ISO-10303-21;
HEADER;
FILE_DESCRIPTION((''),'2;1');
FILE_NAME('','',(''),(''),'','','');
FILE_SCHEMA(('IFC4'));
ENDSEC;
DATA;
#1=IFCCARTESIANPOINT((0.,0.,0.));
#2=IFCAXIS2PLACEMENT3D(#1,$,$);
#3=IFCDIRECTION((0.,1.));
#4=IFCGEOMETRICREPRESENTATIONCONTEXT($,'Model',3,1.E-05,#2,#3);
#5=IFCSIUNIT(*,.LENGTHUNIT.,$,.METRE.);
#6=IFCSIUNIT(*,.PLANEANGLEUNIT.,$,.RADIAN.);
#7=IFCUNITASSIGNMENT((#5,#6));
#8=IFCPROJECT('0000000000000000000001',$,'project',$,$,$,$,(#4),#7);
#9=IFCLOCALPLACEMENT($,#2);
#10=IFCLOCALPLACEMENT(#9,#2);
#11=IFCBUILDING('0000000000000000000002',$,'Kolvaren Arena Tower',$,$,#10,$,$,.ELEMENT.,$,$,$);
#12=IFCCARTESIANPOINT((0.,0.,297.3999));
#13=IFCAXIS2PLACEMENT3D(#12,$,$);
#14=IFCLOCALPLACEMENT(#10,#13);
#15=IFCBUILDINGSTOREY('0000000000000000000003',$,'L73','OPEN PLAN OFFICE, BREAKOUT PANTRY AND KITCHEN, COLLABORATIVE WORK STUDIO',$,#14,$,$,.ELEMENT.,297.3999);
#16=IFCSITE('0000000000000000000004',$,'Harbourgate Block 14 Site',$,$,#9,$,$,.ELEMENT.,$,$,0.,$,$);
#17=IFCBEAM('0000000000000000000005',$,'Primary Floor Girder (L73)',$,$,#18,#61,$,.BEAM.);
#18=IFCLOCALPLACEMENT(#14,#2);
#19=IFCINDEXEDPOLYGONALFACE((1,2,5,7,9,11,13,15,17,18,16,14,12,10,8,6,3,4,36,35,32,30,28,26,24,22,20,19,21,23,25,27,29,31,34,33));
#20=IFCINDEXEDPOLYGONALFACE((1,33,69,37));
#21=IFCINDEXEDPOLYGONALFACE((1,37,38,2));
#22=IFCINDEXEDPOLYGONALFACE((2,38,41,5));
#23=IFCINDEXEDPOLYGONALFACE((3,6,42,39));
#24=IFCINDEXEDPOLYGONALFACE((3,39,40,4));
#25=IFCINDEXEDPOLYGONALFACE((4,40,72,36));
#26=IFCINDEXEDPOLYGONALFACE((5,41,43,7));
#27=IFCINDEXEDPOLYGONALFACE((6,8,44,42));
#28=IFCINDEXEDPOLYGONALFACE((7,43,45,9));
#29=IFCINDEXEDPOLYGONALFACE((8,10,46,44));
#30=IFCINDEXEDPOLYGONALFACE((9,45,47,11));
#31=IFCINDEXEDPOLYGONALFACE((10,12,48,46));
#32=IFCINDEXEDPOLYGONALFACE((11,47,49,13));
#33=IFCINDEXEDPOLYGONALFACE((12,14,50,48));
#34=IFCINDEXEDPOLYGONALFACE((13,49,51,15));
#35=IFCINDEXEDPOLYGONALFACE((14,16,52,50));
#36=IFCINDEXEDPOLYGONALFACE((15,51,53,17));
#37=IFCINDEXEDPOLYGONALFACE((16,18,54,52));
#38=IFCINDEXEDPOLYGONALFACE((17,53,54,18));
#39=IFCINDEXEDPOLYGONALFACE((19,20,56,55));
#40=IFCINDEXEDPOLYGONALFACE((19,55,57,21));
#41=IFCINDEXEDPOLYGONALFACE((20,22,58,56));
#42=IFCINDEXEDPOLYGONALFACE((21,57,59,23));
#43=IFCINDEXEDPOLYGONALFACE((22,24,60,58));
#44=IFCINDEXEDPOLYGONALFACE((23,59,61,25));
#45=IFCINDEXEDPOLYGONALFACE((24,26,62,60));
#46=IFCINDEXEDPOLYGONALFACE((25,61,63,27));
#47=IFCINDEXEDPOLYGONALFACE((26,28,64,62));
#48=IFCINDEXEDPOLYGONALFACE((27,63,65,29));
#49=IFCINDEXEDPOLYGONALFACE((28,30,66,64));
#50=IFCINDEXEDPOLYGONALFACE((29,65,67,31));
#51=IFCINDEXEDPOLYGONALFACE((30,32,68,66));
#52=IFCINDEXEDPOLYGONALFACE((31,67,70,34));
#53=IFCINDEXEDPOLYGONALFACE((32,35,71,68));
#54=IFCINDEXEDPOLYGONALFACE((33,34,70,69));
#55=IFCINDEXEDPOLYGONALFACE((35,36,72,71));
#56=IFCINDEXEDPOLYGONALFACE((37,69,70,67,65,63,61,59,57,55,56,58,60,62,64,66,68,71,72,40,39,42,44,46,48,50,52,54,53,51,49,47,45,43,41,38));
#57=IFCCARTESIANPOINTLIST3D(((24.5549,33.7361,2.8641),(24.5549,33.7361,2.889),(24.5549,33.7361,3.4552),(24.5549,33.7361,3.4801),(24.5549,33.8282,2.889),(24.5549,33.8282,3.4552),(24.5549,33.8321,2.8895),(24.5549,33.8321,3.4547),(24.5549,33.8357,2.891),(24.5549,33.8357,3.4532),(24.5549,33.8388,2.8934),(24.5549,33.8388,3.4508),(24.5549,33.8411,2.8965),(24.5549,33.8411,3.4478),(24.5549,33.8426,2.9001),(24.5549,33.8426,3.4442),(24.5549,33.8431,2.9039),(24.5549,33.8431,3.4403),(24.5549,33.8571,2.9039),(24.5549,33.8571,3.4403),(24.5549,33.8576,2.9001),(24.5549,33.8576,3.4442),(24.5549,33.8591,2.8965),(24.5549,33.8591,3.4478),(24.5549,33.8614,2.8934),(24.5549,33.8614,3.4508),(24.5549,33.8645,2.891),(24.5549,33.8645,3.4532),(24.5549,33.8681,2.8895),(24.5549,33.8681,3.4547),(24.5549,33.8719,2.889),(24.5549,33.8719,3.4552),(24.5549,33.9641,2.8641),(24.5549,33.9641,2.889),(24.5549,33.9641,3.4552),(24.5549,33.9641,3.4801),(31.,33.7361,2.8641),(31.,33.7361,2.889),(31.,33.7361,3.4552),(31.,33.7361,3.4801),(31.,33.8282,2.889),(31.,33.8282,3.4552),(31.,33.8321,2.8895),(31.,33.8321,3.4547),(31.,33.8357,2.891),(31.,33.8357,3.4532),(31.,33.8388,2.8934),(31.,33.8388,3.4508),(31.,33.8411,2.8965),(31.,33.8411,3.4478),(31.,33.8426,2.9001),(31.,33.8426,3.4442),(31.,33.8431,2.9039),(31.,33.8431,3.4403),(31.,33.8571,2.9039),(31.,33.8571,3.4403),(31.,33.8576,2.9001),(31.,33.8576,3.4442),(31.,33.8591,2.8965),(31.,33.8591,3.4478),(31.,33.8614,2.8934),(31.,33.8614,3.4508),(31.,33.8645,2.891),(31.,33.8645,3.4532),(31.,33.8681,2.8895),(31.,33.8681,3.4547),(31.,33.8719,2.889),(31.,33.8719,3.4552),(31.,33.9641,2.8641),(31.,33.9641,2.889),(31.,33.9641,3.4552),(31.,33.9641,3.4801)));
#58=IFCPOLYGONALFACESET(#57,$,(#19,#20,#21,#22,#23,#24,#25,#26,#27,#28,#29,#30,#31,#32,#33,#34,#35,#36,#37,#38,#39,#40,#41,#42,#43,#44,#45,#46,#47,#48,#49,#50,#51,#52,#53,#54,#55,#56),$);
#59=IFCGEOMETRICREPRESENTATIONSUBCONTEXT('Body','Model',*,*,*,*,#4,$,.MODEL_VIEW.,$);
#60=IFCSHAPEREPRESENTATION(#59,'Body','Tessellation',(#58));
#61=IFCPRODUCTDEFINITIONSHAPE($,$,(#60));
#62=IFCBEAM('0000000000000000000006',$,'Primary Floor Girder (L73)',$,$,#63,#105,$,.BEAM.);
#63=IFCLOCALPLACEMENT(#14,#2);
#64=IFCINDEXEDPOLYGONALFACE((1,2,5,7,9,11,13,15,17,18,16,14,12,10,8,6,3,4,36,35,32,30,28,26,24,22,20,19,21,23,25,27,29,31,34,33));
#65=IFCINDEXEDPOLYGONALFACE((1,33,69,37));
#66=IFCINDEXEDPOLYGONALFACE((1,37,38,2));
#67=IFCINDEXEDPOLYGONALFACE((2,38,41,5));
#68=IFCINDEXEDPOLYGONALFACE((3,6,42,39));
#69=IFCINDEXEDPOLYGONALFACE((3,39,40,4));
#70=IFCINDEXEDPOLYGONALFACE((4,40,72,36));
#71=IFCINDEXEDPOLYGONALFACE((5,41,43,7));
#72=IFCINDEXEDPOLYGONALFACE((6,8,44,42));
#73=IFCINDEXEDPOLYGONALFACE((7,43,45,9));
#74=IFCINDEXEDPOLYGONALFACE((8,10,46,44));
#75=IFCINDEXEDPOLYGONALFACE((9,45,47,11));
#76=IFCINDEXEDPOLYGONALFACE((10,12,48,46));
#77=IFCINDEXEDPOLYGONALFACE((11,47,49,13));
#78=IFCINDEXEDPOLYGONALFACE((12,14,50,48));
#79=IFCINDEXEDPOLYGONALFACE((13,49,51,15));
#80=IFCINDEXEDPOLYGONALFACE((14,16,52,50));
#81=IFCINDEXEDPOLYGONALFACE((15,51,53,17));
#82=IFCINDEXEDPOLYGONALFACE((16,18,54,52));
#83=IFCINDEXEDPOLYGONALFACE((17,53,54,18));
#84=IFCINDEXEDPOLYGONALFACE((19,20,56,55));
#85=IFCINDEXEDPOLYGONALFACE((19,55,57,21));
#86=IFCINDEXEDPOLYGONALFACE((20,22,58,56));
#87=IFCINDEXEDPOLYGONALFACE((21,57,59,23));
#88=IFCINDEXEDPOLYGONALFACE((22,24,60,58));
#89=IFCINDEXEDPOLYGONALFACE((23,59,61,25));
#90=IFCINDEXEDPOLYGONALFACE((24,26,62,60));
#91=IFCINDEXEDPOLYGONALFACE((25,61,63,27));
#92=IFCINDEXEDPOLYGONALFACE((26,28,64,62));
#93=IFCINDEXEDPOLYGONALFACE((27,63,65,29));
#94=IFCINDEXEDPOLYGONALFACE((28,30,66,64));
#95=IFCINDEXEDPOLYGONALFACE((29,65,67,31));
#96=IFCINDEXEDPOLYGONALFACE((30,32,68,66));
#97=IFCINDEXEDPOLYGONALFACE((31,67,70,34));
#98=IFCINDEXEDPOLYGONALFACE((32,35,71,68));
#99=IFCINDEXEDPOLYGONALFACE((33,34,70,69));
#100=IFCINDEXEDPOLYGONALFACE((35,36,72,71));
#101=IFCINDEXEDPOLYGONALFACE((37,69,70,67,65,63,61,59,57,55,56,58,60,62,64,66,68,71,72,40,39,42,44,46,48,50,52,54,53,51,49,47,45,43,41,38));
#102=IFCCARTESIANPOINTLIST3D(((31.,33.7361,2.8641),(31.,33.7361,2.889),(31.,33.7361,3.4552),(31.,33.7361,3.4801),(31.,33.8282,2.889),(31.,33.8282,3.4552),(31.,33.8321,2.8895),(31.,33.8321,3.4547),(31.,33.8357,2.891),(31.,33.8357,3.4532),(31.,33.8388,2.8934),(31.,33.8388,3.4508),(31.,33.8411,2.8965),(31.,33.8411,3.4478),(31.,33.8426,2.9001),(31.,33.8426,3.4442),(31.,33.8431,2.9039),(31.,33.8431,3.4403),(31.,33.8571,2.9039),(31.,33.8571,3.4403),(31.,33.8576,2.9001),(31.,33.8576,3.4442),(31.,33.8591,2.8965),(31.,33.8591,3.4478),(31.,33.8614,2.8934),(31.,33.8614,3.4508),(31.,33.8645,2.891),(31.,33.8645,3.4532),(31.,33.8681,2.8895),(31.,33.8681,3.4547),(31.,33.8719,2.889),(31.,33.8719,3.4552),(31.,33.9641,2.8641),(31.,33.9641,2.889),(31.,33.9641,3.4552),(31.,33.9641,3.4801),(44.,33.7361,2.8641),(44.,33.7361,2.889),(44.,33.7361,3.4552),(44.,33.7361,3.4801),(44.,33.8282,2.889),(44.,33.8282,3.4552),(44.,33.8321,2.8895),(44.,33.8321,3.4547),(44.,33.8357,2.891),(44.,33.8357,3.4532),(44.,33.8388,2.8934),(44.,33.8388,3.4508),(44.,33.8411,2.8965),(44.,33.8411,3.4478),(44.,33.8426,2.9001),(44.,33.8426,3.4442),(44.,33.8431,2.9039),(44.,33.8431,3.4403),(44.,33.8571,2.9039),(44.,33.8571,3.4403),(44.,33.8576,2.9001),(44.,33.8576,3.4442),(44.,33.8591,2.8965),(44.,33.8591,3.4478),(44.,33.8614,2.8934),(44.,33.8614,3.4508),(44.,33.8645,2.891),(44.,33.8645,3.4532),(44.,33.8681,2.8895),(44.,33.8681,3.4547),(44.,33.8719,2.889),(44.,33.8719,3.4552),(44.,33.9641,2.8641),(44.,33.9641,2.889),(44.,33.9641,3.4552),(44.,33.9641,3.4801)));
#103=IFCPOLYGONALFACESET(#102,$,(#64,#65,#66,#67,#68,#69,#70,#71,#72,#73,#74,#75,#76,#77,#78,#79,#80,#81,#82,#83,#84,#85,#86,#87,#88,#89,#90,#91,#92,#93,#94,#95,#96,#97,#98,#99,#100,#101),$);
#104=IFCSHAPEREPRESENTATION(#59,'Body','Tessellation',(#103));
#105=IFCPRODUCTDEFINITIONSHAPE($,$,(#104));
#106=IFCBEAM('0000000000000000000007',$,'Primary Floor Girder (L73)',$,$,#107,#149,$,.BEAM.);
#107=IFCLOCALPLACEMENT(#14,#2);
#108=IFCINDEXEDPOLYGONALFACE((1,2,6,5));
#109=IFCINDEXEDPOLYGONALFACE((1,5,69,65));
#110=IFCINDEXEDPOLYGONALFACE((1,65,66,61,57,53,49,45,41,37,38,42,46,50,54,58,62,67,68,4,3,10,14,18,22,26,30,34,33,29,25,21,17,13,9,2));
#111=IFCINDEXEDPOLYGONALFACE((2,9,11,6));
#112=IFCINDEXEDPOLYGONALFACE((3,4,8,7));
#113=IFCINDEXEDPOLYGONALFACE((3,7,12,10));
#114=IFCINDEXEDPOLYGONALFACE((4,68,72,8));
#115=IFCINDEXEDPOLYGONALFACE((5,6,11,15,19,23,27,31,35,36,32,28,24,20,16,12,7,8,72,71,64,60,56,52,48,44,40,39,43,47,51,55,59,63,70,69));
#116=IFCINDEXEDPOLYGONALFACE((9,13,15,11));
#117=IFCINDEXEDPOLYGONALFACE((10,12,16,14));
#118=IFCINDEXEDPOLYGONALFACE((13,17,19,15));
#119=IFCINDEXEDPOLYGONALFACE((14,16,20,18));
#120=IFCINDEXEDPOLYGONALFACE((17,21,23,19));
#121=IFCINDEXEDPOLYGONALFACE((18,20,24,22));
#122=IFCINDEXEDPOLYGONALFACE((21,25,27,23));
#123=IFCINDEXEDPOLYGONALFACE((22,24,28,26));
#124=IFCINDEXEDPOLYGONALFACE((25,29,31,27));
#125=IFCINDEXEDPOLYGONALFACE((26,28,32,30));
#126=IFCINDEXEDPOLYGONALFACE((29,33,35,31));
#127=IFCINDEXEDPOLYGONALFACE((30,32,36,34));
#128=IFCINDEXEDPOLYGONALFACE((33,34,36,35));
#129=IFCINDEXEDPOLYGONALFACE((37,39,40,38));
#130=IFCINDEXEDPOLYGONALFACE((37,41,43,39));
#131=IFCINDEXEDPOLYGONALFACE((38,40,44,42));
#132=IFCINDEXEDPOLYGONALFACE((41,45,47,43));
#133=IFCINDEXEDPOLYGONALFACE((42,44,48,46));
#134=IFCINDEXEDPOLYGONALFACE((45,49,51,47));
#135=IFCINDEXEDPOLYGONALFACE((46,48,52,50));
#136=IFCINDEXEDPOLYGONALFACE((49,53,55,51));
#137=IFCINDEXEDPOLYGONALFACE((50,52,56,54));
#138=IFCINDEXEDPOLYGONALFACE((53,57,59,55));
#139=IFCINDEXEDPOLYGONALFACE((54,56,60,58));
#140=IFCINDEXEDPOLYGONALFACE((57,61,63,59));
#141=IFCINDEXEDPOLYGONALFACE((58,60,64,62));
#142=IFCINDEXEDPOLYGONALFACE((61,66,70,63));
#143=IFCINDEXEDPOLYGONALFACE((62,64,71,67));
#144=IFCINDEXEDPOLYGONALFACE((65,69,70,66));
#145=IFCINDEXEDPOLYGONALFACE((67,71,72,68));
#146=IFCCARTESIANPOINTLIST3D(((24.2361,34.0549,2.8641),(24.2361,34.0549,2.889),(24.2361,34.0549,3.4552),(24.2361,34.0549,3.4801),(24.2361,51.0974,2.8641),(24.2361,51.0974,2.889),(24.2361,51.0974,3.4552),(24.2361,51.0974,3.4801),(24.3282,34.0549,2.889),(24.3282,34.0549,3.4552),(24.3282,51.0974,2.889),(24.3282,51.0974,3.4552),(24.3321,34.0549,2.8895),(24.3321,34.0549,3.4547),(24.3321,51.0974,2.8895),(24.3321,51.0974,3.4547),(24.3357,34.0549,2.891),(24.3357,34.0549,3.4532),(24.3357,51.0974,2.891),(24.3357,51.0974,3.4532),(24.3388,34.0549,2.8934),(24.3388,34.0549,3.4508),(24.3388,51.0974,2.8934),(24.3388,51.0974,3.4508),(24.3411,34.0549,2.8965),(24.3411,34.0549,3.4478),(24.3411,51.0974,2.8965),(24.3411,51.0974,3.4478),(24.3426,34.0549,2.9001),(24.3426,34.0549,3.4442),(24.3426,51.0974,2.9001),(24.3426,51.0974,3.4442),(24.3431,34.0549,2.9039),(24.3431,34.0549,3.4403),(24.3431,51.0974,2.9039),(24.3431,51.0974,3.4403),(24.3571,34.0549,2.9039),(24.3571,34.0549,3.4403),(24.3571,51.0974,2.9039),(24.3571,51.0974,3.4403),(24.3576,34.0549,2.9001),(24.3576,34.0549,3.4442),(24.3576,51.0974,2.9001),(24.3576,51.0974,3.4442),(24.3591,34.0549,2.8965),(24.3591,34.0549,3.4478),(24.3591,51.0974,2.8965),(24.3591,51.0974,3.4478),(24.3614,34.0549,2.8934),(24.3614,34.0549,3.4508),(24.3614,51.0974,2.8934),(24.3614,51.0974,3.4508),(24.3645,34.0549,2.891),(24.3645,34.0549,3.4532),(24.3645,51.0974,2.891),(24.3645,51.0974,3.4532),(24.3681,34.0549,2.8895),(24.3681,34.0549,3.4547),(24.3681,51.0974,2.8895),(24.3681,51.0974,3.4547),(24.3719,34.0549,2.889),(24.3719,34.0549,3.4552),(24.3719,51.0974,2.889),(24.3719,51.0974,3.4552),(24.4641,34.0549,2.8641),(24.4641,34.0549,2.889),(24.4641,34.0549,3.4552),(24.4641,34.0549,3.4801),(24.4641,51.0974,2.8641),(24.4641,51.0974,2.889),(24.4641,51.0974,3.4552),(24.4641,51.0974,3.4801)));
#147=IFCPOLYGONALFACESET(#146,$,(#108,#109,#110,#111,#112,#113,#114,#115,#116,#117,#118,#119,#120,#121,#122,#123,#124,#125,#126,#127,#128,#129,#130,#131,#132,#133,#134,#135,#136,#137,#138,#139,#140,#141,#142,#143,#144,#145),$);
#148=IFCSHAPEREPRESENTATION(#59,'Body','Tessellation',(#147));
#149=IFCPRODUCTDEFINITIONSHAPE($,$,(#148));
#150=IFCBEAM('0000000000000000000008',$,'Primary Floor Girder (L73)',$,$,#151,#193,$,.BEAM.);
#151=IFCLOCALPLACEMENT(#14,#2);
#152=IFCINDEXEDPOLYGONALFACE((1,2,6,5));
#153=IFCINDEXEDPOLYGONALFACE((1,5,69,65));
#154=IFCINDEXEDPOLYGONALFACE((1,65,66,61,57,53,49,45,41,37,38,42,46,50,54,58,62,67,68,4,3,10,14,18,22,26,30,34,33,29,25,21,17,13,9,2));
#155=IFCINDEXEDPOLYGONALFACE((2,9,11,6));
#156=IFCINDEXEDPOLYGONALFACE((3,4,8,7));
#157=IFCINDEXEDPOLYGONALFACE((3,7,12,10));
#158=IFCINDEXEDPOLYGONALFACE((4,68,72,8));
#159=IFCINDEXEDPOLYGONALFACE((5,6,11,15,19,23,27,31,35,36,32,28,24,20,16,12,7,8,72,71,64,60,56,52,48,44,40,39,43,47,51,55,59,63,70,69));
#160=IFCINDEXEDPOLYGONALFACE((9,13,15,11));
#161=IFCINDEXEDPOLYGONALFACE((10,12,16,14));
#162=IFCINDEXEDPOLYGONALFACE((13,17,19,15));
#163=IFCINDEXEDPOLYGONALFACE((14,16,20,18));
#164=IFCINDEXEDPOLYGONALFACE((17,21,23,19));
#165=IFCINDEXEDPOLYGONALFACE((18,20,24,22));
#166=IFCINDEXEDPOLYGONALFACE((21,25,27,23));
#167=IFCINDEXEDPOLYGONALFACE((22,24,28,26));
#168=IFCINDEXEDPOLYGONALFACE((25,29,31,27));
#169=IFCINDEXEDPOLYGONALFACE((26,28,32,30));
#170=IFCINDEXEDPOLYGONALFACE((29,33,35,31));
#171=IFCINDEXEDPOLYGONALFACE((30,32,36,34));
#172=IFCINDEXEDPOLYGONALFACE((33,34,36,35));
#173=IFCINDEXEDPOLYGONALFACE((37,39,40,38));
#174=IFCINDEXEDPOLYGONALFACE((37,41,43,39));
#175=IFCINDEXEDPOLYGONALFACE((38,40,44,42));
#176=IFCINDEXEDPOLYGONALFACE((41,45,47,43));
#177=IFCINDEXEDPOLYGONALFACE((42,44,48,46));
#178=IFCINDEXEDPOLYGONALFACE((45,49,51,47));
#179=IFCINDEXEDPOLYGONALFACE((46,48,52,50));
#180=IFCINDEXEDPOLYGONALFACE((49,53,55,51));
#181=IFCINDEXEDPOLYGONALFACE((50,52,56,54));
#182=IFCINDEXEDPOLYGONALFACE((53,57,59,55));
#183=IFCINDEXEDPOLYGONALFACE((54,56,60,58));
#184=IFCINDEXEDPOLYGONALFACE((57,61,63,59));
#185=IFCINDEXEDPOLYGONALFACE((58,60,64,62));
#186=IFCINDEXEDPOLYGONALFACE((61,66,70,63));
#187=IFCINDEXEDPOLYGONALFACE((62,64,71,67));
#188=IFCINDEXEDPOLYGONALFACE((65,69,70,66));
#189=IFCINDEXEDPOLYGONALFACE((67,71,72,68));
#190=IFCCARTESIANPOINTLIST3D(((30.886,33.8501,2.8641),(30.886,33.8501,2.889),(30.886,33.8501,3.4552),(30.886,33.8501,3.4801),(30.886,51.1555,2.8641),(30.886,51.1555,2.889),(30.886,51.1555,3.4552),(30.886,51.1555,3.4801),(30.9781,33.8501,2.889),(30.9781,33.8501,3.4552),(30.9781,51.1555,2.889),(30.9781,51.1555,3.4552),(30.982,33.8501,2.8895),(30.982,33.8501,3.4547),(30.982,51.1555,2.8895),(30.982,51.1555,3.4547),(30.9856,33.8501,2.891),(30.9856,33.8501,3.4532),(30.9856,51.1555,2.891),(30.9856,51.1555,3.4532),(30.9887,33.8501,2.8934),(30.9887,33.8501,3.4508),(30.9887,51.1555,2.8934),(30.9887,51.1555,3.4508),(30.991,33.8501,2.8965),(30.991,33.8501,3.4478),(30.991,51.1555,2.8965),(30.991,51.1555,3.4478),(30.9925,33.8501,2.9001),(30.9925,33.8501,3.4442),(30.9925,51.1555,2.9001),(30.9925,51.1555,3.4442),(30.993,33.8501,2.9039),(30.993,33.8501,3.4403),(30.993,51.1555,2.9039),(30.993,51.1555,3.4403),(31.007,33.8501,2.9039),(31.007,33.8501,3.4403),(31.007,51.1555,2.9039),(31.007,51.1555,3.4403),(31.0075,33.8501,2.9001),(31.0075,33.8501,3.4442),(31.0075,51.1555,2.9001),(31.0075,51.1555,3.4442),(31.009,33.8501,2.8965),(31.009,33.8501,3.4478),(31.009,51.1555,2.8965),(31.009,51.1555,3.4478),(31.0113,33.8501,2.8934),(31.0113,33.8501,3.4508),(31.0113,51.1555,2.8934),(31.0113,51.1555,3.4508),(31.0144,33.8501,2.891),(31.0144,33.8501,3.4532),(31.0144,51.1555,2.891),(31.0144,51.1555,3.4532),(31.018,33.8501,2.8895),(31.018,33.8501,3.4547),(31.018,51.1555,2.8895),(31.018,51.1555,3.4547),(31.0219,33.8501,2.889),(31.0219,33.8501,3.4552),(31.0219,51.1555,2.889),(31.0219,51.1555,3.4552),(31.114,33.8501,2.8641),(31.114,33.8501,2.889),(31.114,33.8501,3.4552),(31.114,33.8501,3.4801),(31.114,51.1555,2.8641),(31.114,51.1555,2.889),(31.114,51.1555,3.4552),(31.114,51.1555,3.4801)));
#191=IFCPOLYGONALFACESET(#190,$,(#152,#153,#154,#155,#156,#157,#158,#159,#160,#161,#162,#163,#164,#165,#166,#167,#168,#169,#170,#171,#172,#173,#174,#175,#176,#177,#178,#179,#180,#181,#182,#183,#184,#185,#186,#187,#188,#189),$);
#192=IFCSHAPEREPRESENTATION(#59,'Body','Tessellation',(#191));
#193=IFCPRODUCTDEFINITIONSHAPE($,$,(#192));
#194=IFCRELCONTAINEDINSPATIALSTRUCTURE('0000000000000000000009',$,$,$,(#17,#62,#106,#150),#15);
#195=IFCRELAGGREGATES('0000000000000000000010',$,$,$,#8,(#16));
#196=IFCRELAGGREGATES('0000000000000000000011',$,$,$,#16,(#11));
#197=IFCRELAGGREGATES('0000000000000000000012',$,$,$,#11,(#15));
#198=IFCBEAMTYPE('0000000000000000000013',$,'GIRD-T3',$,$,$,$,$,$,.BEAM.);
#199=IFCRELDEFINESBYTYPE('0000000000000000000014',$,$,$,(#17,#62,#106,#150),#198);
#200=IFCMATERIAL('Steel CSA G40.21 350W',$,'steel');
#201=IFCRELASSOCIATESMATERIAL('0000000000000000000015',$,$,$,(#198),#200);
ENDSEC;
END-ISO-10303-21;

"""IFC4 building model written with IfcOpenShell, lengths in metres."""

from ifc_helpers import new_model, si_unit, direction, frame, origin, origin_2d, place, context, subcontext, project, spatial, i_section, extrude, material, material_profile, profile_set, type_object, element, save


model = new_model("IFC4")

# Units and contexts
model_context = context("Model", 3, precision=1e-05, world=origin(), true_north=direction((0.0, 1.0)))
body_context = subcontext(model_context, "Body", "Model", "MODEL_VIEW")
ifc_project = project(units=[si_unit("LENGTHUNIT", "METRE"), si_unit("PLANEANGLEUNIT", "RADIAN")], contexts=[model_context])

# Site, building, storey
site_placement = place(None, origin())
site = spatial("IfcSite", under=ifc_project, at=site_placement, Name="Harbourgate Block 14 Site", CompositionType="ELEMENT", RefElevation=0.0)
building_placement = place(site_placement, origin())
building = spatial("IfcBuilding", under=site, at=building_placement, Name="Kolvaren Arena Tower", CompositionType="ELEMENT")
storey_placement = place(building_placement, frame((0.0, 0.0, 297.3999)))
storey = spatial("IfcBuildingStorey", under=building, at=storey_placement, Name="L73", Description="OPEN PLAN OFFICE, BREAKOUT PANTRY AND KITCHEN, COLLABORATIVE WORK STUDIO", CompositionType="ELEMENT", Elevation=297.3999)

# Beams
ifc_material_1 = material(Name="Steel CSA G40.21 350W", Category="steel")
ifc_material_profile_1 = material_profile(ifc_material_1, i_section(OverallWidth=0.228, OverallDepth=0.616, WebThickness=0.0139, FlangeThickness=0.0249, FilletRadius=0.0149, at=origin_2d()), Name="W610x174")
ifc_profile_set_1 = profile_set([ifc_material_profile_1], Name="Steel CSA G40.21 350W")
beam_type_1 = type_object("IfcBeamType", Name="GIRD-T3", PredefinedType="BEAM", material=ifc_profile_set_1)
beam_1_placement = place(storey_placement, frame((24.5549, 33.8501, 3.1721), z_axis=(1.0, 0.0, 0.0), x_axis=(0.0, 1.0, 0.0)))
element("IfcBeam", 1, at=beam_1_placement, inside=storey, type_object=beam_type_1, Name="Primary Floor Girder (L73)", PredefinedType="BEAM", context=body_context, shape_type="SweptSolid", body=[
    extrude(i_section(OverallWidth=0.228, OverallDepth=0.616, WebThickness=0.0139, FlangeThickness=0.0249, FilletRadius=0.0149, at=origin_2d()), origin(), (0.0, 0.0, 1.0), 6.4451),
])
beam_2_placement = place(storey_placement, frame((31.0, 33.8501, 3.1721), z_axis=(1.0, 0.0, 0.0), x_axis=(0.0, 1.0, 0.0)))
element("IfcBeam", 2, at=beam_2_placement, inside=storey, type_object=beam_type_1, Name="Primary Floor Girder (L73)", PredefinedType="BEAM", context=body_context, shape_type="SweptSolid", body=[
    extrude(i_section(OverallWidth=0.228, OverallDepth=0.616, WebThickness=0.0139, FlangeThickness=0.0249, FilletRadius=0.0149, at=origin_2d()), origin(), (0.0, 0.0, 1.0), 13.0),
])
beam_3_placement = place(storey_placement, frame((24.3501, 34.0549, 3.1721), z_axis=(0.0, 1.0, 0.0), x_axis=(-1.0, 0.0, 0.0)))
element("IfcBeam", 3, at=beam_3_placement, inside=storey, type_object=beam_type_1, Name="Primary Floor Girder (L73)", PredefinedType="BEAM", context=body_context, shape_type="SweptSolid", body=[
    extrude(i_section(OverallWidth=0.228, OverallDepth=0.616, WebThickness=0.0139, FlangeThickness=0.0249, FilletRadius=0.0149, at=origin_2d()), origin(), (0.0, 0.0, 1.0), 17.0425),
])
beam_4_placement = place(storey_placement, frame((31.0, 33.8501, 3.1721), z_axis=(0.0, 1.0, 0.0), x_axis=(-1.0, 0.0, 0.0)))
element("IfcBeam", 4, at=beam_4_placement, inside=storey, type_object=beam_type_1, Name="Primary Floor Girder (L73)", PredefinedType="BEAM", context=body_context, shape_type="SweptSolid", body=[
    extrude(i_section(OverallWidth=0.228, OverallDepth=0.616, WebThickness=0.0139, FlangeThickness=0.0249, FilletRadius=0.0149, at=origin_2d()), origin(), (0.0, 0.0, 1.0), 17.3054),
])

save(model, "model.ifc")
